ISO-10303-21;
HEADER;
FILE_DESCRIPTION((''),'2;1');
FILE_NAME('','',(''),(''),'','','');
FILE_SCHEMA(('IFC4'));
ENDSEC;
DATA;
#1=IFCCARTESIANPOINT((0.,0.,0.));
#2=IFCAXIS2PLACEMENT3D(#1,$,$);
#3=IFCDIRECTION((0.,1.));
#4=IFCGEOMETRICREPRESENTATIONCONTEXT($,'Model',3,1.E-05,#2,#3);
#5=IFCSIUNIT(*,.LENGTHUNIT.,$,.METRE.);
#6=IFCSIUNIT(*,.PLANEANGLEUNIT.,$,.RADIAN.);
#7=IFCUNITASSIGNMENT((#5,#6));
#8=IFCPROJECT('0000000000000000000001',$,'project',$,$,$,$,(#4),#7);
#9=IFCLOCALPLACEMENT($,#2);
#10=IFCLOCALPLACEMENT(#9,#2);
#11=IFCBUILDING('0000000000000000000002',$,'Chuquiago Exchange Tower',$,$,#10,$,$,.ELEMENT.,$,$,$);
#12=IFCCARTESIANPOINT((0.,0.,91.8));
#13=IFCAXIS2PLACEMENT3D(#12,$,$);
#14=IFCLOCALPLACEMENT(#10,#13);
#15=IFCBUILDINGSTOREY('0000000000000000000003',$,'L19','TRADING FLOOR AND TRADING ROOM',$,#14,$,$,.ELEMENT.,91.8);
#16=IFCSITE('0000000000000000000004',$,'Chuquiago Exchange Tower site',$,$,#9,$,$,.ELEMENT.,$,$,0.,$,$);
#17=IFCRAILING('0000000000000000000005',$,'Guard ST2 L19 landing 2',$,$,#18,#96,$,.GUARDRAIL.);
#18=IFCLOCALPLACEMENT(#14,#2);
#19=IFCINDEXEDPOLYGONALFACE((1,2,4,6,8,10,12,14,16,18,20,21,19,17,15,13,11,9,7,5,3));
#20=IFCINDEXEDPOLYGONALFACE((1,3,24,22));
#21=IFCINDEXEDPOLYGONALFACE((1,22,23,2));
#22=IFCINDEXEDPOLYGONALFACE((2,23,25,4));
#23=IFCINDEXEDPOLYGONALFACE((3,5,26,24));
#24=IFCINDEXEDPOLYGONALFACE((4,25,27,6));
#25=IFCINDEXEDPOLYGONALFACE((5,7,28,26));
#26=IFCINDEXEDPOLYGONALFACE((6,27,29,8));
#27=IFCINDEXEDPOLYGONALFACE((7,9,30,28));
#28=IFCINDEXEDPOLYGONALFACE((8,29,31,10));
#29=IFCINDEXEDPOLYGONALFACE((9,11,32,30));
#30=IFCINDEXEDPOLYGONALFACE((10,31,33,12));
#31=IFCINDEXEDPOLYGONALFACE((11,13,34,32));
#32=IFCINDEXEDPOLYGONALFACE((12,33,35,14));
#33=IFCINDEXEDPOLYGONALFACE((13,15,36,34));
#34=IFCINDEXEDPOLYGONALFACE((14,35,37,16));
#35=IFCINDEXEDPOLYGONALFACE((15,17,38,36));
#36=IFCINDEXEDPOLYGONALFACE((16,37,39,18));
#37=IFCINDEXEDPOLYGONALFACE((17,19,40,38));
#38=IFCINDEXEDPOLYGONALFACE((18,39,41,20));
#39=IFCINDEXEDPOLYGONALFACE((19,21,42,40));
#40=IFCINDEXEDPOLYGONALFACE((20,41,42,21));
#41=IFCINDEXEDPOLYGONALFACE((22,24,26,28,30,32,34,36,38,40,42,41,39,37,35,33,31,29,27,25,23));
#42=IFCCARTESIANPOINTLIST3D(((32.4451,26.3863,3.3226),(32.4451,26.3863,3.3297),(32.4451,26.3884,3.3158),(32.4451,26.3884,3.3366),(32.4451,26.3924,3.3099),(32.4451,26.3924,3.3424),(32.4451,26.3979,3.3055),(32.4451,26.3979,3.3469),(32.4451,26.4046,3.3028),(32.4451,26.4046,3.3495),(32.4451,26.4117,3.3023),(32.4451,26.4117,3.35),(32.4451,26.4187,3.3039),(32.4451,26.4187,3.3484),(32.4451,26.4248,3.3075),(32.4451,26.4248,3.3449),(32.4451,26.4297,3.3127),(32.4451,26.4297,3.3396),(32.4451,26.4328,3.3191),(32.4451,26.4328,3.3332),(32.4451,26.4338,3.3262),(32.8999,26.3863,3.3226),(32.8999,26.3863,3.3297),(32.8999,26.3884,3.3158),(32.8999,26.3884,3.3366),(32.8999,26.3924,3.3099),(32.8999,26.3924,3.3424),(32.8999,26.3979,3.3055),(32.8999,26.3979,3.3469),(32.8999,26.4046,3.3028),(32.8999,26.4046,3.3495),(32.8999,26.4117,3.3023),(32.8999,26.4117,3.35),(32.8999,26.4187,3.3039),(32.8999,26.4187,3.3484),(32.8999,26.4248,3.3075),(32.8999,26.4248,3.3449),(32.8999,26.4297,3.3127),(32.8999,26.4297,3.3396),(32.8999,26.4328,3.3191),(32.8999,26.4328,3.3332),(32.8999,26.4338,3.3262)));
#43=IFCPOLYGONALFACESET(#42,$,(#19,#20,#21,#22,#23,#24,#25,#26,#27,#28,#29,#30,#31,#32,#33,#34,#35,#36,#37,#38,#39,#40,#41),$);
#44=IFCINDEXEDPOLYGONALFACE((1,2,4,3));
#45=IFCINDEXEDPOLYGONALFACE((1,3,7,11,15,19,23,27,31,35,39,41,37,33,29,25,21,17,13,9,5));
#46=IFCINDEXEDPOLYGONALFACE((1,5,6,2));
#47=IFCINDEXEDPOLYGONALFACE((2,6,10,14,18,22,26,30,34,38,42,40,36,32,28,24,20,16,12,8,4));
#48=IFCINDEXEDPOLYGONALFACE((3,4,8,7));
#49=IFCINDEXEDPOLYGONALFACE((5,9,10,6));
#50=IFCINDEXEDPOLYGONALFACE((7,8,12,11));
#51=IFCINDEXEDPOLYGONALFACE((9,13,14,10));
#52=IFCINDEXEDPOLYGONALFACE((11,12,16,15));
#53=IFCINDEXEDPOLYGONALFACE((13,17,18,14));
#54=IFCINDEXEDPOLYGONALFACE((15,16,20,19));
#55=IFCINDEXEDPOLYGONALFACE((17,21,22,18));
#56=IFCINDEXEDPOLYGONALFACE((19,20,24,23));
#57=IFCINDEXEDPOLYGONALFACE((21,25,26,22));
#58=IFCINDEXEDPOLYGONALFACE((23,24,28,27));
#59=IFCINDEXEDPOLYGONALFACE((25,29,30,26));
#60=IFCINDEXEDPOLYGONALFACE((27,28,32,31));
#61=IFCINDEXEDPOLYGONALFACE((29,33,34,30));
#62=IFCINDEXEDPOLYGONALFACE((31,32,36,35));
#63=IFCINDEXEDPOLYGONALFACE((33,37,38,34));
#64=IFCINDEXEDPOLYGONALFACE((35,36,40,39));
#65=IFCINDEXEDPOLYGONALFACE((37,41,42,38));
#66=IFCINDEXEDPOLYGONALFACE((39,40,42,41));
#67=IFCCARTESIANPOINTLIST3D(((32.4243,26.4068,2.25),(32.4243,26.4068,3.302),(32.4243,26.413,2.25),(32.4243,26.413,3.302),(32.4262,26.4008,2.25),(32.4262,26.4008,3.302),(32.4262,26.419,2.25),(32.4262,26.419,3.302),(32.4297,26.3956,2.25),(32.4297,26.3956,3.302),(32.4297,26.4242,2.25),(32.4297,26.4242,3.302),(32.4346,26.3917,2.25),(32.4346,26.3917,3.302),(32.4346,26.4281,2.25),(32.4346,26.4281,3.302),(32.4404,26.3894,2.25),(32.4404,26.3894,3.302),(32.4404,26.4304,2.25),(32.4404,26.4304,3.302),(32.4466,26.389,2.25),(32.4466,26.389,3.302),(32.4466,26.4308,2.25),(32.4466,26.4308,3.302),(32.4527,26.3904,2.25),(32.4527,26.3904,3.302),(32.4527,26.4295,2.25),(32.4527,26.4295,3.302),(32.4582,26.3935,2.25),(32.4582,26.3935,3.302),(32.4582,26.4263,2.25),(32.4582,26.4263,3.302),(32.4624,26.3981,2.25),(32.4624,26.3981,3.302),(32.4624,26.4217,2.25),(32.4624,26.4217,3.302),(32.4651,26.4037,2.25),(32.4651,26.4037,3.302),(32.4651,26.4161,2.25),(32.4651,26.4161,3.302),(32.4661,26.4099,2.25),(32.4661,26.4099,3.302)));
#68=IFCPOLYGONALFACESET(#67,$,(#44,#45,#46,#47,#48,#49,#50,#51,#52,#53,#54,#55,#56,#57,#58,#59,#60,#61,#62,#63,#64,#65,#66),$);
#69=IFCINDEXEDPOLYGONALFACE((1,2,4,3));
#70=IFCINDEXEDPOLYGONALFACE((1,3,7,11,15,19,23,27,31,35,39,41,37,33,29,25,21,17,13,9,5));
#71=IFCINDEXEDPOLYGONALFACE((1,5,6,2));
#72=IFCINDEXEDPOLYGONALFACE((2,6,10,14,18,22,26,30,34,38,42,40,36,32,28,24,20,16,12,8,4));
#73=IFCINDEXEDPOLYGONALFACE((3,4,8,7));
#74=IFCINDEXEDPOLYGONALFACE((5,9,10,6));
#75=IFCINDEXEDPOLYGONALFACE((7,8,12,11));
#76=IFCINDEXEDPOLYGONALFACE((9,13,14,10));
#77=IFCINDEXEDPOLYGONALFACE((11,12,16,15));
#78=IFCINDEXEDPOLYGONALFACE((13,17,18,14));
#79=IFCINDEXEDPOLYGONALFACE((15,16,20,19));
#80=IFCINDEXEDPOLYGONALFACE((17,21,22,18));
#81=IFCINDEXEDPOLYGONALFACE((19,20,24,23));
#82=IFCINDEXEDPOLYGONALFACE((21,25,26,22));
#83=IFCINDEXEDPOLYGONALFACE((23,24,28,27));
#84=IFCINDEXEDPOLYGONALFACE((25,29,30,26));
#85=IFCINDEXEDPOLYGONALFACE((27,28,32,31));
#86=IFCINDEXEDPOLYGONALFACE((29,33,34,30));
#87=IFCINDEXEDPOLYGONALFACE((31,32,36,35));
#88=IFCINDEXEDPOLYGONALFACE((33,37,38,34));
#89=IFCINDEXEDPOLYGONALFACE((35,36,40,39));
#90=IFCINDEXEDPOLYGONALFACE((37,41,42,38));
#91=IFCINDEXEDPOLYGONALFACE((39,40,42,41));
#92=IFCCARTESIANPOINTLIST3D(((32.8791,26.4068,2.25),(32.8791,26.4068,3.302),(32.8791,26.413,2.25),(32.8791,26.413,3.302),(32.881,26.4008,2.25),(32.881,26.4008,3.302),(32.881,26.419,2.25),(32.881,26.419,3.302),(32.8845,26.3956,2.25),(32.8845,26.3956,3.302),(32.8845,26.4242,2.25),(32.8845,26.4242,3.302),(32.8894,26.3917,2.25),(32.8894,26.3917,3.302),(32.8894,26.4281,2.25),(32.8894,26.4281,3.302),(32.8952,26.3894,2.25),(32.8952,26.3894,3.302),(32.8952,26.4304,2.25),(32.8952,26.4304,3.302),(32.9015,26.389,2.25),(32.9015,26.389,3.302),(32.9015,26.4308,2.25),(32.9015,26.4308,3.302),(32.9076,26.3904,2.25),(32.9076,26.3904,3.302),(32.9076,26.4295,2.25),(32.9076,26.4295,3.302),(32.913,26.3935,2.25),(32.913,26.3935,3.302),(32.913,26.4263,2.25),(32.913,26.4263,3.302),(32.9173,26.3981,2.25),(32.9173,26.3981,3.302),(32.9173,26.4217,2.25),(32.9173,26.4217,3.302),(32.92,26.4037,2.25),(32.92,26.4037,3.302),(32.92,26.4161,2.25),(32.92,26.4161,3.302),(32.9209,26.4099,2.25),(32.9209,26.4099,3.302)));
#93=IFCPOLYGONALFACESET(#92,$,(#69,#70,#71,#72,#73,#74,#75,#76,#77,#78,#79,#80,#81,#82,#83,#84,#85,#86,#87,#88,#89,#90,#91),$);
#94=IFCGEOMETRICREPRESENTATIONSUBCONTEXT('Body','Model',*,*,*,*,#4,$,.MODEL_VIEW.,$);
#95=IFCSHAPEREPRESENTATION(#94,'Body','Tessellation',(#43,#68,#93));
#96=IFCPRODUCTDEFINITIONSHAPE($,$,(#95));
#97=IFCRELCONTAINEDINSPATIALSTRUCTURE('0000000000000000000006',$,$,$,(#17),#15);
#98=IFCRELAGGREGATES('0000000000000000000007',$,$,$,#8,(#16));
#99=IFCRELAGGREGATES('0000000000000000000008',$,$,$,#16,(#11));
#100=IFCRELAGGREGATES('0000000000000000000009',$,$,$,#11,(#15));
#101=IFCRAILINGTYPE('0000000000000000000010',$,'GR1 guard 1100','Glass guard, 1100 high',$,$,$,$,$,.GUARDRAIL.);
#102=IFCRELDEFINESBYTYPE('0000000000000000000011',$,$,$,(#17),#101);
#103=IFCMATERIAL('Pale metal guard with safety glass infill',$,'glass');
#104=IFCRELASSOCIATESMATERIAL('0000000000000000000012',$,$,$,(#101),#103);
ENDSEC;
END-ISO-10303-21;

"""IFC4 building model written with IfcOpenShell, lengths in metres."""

from ifc_helpers import new_model, si_unit, direction, frame, origin, origin_2d, place, context, subcontext, project, spatial, circle, extrude, material, type_object, element, save


model = new_model("IFC4")

# Units and contexts
model_context = context("Model", 3, precision=1e-05, world=origin(), true_north=direction((0.0, 1.0)))
body_context = subcontext(model_context, "Body", "Model", "MODEL_VIEW")
ifc_project = project(units=[si_unit("LENGTHUNIT", "METRE"), si_unit("PLANEANGLEUNIT", "RADIAN")], contexts=[model_context])

# Site, building, storey
site_placement = place(None, origin())
site = spatial("IfcSite", under=ifc_project, at=site_placement, Name="Chuquiago Exchange Tower site", CompositionType="ELEMENT", RefElevation=0.0)
building_placement = place(site_placement, origin())
building = spatial("IfcBuilding", under=site, at=building_placement, Name="Chuquiago Exchange Tower", CompositionType="ELEMENT")
storey_placement = place(building_placement, frame((0.0, 0.0, 91.8)))
storey = spatial("IfcBuildingStorey", under=building, at=storey_placement, Name="L19", Description="TRADING FLOOR AND TRADING ROOM", CompositionType="ELEMENT", Elevation=91.8)

# Railing
ifc_material_1 = material(Name="Pale metal guard with safety glass infill", Category="glass")
railing_type_1 = type_object("IfcRailingType", Name="GR1 guard 1100", Description="Glass guard, 1100 high", PredefinedType="GUARDRAIL", material=ifc_material_1)
railing_placement = place(storey_placement, frame((32.4451, 26.4099, 2.25)))
element("IfcRailing", 1, at=railing_placement, inside=storey, type_object=railing_type_1, Name="Guard ST2 L19 landing 2", PredefinedType="GUARDRAIL", context=body_context, shape_type="SweptSolid", body=[
    extrude(circle(Radius=0.0239, at=origin_2d()), frame((0.0, 0.0, 1.0762), z_axis=(1.0, 0.0, 0.0), x_axis=(0.0, 1.0, 0.0)), (0.0, 0.0, 1.0), 0.4548),
    extrude(circle(Radius=0.021, at=origin_2d()), origin(), (0.0, 0.0, 1.0), 1.052),
    extrude(circle(Radius=0.021, at=origin_2d()), frame((0.4548, 0.0, 0.0)), (0.0, 0.0, 1.0), 1.052),
])

save(model, "model.ifc")
